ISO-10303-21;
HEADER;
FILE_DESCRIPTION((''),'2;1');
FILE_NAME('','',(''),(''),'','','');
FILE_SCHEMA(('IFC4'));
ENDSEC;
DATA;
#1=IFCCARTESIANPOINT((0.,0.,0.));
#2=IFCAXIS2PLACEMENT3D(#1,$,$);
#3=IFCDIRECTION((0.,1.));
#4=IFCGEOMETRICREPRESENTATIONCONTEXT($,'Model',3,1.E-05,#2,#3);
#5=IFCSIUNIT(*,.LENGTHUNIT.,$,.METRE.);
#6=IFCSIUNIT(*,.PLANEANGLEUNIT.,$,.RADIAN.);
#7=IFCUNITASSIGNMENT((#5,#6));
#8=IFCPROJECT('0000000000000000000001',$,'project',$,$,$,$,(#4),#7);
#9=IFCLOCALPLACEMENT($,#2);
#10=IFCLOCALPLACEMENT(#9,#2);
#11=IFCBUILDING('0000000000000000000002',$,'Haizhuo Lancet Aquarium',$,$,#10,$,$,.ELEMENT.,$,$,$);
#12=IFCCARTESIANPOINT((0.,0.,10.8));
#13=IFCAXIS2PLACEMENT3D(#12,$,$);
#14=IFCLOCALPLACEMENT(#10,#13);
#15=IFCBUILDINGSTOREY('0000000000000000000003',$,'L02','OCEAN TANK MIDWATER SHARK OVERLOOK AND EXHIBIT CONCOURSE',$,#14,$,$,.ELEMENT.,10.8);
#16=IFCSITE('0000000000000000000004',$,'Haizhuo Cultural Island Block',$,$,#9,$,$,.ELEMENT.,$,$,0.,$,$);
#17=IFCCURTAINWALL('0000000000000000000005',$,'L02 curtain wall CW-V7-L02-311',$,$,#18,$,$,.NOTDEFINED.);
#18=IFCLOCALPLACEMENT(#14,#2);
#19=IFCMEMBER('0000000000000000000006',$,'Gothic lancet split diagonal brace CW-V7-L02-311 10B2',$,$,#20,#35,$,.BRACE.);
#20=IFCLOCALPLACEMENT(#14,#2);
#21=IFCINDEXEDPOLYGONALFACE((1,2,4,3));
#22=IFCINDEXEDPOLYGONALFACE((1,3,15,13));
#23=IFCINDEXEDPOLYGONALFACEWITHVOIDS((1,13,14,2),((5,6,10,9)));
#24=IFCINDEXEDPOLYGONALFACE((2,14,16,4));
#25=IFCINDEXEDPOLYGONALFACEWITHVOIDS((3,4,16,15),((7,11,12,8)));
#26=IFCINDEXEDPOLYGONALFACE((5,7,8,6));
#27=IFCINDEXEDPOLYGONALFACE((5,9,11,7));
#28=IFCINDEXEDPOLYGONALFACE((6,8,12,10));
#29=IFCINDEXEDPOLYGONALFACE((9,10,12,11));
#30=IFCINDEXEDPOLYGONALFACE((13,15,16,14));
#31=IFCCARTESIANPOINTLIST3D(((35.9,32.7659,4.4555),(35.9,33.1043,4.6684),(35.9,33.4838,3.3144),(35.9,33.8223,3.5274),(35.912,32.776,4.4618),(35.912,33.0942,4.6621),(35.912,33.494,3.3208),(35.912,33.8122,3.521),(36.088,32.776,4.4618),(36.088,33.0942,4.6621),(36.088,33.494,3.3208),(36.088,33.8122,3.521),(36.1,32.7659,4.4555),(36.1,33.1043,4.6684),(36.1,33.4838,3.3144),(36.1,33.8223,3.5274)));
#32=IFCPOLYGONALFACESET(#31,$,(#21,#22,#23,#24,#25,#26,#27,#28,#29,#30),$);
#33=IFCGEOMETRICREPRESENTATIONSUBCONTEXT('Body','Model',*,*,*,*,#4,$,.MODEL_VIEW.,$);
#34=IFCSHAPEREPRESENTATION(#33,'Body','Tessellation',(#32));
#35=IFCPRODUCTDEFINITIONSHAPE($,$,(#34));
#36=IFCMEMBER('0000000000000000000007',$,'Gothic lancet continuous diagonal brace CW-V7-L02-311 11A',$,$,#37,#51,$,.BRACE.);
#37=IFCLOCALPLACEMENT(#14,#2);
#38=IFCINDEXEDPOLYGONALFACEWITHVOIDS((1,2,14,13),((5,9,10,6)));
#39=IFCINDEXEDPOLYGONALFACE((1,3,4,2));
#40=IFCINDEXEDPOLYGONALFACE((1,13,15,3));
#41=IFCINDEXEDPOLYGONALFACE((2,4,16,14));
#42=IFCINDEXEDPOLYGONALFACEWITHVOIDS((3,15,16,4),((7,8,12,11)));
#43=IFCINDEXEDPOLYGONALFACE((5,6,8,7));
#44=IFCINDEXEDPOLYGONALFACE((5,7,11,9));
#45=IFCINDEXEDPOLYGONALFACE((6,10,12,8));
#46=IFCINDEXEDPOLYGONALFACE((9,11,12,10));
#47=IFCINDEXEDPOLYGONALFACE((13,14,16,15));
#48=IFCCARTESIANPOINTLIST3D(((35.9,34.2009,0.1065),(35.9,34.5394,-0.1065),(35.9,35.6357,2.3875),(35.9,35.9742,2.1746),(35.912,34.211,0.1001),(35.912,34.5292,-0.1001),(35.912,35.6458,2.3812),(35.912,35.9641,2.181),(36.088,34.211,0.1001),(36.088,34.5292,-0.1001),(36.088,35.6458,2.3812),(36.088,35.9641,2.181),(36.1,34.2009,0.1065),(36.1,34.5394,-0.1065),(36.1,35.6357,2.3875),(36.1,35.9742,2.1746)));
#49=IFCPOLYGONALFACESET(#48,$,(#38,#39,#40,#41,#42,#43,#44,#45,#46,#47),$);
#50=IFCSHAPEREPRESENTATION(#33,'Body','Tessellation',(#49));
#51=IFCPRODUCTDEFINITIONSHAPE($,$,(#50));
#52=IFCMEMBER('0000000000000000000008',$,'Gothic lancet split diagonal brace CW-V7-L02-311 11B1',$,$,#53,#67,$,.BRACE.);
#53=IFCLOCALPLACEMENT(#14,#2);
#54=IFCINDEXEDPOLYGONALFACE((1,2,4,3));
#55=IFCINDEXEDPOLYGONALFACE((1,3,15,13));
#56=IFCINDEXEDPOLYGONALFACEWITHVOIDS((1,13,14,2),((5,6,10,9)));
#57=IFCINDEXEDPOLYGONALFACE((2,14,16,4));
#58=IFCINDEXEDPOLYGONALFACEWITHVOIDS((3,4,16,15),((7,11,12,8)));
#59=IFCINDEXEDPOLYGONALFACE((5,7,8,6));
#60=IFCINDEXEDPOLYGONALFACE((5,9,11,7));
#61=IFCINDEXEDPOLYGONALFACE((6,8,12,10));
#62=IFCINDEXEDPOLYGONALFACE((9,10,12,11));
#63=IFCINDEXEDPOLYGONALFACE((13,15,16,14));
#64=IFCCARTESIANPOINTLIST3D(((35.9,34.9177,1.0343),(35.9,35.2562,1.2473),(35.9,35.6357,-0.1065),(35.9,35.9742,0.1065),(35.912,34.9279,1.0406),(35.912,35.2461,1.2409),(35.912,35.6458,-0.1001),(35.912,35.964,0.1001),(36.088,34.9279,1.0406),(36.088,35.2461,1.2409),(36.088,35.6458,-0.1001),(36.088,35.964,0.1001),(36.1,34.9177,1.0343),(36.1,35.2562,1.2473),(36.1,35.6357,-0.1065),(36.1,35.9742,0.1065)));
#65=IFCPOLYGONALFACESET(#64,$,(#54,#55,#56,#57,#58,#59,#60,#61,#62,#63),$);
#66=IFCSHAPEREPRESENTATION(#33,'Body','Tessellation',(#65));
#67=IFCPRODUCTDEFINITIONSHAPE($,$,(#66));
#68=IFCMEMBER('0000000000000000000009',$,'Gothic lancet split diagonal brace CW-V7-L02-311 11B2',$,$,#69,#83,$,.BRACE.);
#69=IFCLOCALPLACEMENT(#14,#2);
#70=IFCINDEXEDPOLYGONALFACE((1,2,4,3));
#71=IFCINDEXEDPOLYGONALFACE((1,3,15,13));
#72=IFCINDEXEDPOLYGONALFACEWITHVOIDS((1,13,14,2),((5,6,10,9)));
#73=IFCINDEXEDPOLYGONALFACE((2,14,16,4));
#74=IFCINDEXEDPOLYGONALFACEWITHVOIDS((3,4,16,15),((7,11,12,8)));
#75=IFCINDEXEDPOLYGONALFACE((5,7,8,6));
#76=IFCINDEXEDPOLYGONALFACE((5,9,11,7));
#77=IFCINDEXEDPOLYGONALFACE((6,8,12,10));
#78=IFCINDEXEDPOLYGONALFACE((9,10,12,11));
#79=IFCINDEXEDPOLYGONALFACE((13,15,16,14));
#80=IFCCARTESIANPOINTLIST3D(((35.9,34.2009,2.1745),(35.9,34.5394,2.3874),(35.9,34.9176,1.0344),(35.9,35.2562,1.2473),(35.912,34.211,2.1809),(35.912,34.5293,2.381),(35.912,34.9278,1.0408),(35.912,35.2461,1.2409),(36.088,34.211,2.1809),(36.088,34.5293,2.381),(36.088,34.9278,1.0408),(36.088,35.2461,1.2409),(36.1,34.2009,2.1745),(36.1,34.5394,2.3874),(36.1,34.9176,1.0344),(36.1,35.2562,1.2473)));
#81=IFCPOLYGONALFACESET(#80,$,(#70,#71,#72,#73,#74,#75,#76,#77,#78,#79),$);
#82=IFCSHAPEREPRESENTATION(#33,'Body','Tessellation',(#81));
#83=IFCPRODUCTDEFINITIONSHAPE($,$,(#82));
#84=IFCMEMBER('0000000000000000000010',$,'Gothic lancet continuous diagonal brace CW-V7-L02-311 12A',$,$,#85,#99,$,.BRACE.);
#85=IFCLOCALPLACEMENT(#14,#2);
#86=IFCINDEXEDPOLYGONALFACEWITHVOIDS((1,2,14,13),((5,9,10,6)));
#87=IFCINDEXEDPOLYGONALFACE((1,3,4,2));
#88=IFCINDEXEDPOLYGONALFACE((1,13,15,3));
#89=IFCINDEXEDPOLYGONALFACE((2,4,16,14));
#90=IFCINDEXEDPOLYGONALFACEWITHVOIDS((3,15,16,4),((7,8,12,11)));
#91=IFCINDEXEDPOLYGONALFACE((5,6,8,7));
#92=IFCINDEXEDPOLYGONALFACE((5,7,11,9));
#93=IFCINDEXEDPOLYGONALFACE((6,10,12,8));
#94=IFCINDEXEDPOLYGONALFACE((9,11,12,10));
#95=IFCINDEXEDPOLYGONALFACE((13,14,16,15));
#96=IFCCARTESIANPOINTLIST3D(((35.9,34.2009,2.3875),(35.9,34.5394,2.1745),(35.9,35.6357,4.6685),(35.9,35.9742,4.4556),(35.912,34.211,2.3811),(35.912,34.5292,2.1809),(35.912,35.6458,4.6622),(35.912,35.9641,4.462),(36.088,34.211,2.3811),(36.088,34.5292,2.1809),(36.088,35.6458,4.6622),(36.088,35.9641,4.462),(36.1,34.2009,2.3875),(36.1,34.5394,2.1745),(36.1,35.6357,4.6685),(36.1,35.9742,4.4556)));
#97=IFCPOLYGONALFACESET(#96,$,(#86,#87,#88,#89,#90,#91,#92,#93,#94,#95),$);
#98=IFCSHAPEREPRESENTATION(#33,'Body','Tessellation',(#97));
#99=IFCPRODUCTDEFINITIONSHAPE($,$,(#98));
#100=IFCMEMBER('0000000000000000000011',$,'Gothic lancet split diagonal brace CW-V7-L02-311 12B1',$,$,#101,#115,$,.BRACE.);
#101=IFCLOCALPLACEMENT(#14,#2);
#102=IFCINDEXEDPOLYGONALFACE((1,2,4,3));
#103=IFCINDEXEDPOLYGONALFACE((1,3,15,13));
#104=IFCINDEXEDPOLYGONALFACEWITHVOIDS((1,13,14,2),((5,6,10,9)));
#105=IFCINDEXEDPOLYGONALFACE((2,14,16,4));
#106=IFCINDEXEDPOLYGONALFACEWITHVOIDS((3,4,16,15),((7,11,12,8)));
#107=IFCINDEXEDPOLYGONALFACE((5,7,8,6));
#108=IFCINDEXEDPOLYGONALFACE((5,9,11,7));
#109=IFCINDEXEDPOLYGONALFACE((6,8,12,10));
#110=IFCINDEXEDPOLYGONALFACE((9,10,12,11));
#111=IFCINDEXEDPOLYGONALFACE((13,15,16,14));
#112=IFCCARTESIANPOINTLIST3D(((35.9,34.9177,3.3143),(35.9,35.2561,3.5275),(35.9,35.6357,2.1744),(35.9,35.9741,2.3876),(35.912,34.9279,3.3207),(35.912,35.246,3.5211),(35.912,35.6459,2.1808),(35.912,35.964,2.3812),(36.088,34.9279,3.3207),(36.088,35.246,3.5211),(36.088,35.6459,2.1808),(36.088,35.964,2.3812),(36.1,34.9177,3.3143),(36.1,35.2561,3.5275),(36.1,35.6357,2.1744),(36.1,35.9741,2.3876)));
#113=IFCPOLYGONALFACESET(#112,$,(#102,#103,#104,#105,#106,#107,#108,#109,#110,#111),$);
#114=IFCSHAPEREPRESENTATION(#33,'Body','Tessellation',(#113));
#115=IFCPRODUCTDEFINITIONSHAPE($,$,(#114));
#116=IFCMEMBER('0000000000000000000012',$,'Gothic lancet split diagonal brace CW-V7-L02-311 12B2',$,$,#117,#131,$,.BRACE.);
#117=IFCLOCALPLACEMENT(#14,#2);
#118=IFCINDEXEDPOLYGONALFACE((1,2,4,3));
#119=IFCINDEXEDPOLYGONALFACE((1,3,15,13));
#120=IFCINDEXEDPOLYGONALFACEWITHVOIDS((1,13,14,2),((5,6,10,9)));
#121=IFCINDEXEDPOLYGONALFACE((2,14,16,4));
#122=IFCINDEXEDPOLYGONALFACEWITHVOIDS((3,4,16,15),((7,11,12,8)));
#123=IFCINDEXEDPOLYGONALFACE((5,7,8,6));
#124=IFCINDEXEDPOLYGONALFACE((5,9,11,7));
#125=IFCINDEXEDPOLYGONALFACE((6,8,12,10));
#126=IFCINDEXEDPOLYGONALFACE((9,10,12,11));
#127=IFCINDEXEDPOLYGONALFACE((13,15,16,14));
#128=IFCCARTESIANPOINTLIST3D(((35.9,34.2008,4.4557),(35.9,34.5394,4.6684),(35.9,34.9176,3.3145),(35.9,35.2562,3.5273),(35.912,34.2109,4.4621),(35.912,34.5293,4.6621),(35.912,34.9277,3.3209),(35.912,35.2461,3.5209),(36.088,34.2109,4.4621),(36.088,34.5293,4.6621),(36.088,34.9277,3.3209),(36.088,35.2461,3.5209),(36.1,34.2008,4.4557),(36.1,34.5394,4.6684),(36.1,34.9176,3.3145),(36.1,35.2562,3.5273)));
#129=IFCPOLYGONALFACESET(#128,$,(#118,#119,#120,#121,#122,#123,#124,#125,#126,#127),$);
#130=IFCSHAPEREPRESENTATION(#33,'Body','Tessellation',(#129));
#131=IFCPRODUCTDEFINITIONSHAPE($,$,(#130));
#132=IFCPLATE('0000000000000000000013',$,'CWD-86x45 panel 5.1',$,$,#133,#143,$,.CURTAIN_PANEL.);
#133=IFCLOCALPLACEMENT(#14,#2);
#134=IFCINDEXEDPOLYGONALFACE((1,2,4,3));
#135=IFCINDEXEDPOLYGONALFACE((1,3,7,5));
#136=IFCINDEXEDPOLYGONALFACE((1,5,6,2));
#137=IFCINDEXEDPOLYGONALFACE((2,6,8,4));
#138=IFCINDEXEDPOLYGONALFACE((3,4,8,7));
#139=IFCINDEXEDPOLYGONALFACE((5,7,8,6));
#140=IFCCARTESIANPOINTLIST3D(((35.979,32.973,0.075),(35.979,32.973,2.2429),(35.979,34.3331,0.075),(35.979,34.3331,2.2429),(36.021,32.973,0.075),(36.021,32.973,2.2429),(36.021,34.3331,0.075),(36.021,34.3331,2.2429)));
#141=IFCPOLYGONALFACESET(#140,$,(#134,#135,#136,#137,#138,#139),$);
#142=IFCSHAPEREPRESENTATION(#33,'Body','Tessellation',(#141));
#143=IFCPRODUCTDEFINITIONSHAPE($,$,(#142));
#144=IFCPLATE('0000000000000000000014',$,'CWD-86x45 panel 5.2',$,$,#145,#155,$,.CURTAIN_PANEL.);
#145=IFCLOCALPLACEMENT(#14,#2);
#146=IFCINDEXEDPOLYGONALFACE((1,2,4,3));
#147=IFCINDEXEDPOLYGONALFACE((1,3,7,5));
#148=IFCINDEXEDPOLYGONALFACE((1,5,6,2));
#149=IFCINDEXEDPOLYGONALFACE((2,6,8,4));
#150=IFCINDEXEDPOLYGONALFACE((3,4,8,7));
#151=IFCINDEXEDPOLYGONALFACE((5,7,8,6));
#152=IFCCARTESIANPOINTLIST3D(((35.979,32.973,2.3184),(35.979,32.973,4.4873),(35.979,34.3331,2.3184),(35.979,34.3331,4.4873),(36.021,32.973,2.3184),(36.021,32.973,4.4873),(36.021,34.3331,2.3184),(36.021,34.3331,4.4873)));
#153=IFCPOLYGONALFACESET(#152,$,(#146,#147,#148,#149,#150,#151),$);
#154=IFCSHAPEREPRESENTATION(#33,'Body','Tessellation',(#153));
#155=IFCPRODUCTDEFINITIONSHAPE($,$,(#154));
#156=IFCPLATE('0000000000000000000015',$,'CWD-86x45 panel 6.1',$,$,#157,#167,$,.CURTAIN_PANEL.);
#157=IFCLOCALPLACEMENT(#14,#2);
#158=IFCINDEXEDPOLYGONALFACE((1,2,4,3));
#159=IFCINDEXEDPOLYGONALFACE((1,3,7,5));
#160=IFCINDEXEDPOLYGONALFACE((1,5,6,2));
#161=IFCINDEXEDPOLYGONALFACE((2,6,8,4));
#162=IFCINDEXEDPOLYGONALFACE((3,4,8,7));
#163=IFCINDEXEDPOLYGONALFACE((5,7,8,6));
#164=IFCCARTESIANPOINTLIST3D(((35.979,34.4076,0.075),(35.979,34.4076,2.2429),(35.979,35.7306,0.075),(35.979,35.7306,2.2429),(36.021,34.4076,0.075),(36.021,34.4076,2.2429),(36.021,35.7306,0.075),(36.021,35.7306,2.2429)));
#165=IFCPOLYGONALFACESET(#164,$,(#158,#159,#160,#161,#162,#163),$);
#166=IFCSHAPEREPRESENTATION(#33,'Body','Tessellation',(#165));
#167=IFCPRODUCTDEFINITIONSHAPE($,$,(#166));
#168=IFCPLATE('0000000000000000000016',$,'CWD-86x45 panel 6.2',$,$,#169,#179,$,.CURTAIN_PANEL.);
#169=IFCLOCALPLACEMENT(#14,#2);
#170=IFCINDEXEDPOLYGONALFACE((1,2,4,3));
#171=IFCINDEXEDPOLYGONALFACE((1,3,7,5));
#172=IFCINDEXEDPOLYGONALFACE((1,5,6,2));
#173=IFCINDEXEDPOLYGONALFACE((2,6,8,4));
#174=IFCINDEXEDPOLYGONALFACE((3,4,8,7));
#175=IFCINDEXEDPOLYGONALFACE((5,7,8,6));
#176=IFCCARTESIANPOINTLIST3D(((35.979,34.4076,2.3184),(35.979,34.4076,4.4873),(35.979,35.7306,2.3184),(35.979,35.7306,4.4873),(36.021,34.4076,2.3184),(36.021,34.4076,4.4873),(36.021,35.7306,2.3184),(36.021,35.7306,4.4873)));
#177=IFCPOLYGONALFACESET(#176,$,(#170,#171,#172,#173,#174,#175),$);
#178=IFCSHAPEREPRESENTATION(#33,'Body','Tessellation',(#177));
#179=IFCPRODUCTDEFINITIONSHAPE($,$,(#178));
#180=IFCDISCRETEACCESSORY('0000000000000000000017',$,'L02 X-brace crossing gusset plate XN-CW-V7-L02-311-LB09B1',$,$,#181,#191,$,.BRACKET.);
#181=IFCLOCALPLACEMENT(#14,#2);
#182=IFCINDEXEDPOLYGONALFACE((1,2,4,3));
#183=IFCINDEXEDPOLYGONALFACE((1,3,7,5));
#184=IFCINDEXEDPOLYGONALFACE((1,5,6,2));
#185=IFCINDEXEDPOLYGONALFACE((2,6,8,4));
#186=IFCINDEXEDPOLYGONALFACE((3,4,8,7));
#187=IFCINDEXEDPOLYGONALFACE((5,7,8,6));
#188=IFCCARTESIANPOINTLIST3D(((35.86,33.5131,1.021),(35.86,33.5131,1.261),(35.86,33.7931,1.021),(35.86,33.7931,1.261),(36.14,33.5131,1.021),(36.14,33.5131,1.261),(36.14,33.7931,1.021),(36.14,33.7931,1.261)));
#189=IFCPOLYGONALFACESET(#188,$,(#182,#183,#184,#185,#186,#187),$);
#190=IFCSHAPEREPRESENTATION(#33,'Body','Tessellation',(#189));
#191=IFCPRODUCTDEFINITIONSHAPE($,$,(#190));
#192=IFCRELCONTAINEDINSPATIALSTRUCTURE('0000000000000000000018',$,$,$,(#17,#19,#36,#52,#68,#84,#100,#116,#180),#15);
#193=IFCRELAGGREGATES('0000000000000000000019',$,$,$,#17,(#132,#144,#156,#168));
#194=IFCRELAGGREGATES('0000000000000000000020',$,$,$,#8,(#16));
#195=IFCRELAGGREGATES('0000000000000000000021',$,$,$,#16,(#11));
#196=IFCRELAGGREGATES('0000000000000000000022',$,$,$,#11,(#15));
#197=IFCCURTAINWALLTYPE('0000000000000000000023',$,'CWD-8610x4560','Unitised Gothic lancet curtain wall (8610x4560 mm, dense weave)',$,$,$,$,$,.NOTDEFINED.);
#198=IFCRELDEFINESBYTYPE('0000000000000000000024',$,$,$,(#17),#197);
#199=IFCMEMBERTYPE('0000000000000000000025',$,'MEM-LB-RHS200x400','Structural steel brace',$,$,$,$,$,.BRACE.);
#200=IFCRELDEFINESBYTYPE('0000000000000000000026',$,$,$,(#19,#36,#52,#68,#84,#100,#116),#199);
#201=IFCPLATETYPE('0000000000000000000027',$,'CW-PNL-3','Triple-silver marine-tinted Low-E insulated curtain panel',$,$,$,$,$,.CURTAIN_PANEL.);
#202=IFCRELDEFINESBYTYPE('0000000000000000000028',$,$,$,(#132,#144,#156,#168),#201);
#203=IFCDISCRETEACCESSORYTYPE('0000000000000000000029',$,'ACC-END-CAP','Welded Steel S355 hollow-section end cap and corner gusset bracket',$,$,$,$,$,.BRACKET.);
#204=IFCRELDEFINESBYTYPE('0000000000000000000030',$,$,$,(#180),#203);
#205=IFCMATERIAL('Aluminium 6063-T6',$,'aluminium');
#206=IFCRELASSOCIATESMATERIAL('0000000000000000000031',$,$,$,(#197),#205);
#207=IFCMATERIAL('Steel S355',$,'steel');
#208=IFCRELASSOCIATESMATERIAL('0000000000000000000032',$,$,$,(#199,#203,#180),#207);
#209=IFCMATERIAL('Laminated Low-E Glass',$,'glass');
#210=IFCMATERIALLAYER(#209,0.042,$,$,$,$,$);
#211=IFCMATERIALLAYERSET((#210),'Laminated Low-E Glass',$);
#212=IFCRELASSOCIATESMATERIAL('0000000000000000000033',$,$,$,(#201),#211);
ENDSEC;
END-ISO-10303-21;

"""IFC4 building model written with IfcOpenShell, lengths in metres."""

from ifc_helpers import new_model, si_unit, direction, frame, origin, origin_2d, place, context, subcontext, project, spatial, rectangle, hollow_rectangle, extrude, material, layer, layer_set, material_profile, profile_set, type_object, element, aggregate, save


model = new_model("IFC4")

# Units and contexts
model_context = context("Model", 3, precision=1e-05, world=origin(), true_north=direction((0.0, 1.0)))
body_context = subcontext(model_context, "Body", "Model", "MODEL_VIEW")
ifc_project = project(units=[si_unit("LENGTHUNIT", "METRE"), si_unit("PLANEANGLEUNIT", "RADIAN")], contexts=[model_context])

# Site, building, storey
site_placement = place(None, origin())
site = spatial("IfcSite", under=ifc_project, at=site_placement, Name="Haizhuo Cultural Island Block", CompositionType="ELEMENT", RefElevation=0.0)
building_placement = place(site_placement, origin())
building = spatial("IfcBuilding", under=site, at=building_placement, Name="Haizhuo Lancet Aquarium", CompositionType="ELEMENT")
storey_placement = place(building_placement, frame((0.0, 0.0, 10.8)))
storey = spatial("IfcBuildingStorey", under=building, at=storey_placement, Name="L02", Description="OCEAN TANK MIDWATER SHARK OVERLOOK AND EXHIBIT CONCOURSE", CompositionType="ELEMENT", Elevation=10.8)

# Curtain wall
ifc_material_1 = material(Name="Aluminium 6063-T6", Category="aluminium")
curtain_wall_type = type_object("IfcCurtainWallType", Name="CWD-8610x4560", Description="Unitised Gothic lancet curtain wall (8610x4560 mm, dense weave)", PredefinedType="NOTDEFINED", material=ifc_material_1)
curtain_wall_placement = place(storey_placement, origin())
curtain_wall = element("IfcCurtainWall", 1, at=curtain_wall_placement, inside=storey, type_object=curtain_wall_type, Name="L02 curtain wall CW-V7-L02-311", PredefinedType="NOTDEFINED")

# Shared definitions
ifc_material_2 = material(Name="Steel S355", Category="steel")

# Members
ifc_material_profile_1 = material_profile(ifc_material_2, hollow_rectangle(XDim=0.2, YDim=0.3999, WallThickness=0.012, at=origin_2d()), Name="RHS 200x400x12")
ifc_profile_set_1 = profile_set([ifc_material_profile_1], Name="Steel S355")
member_type_1 = type_object("IfcMemberType", Name="MEM-LB-RHS200x400", Description="Structural steel brace", PredefinedType="BRACE", material=ifc_profile_set_1)
member_1_placement = place(storey_placement, frame((36.0, 33.6531, 3.4209), z_axis=(0.0, -0.532568, 0.846387), x_axis=(1.0, 0.0, 0.0)))
element("IfcMember", 2, at=member_1_placement, inside=storey, type_object=member_type_1, Name="Gothic lancet split diagonal brace CW-V7-L02-311 10B2", PredefinedType="BRACE", context=body_context, shape_type="SweptSolid", body=[
    extrude(hollow_rectangle(XDim=0.2, YDim=0.3999, WallThickness=0.012, at=origin_2d()), origin(), (0.0, 0.0, 1.0), 1.3481),
])
member_2_placement = place(storey_placement, frame((36.0, 34.3701, 0.0), z_axis=(0.0, 0.532448, 0.846463), x_axis=(-1.0, 0.0, 0.0)))
element("IfcMember", 3, at=member_2_placement, inside=storey, type_object=member_type_1, Name="Gothic lancet continuous diagonal brace CW-V7-L02-311 11A", PredefinedType="BRACE", context=body_context, shape_type="SweptSolid", body=[
    extrude(hollow_rectangle(XDim=0.2, YDim=0.3999, WallThickness=0.012, at=origin_2d()), origin(), (0.0, 0.0, 1.0), 2.6948),
])
member_3_placement = place(storey_placement, frame((36.0, 35.8049, 0.0), z_axis=(0.0, -0.53265, 0.846336), x_axis=(1.0, 0.0, 0.0)))
element("IfcMember", 4, at=member_3_placement, inside=storey, type_object=member_type_1, Name="Gothic lancet split diagonal brace CW-V7-L02-311 11B1", PredefinedType="BRACE", context=body_context, shape_type="SweptSolid", body=[
    extrude(hollow_rectangle(XDim=0.2, YDim=0.3999, WallThickness=0.012, at=origin_2d()), origin(), (0.0, 0.0, 1.0), 1.3479),
])
member_4_placement = place(storey_placement, frame((36.0, 35.0869, 1.1409), z_axis=(0.0, -0.532246, 0.84659), x_axis=(1.0, 0.0, 0.0)))
element("IfcMember", 5, at=member_4_placement, inside=storey, type_object=member_type_1, Name="Gothic lancet split diagonal brace CW-V7-L02-311 11B2", PredefinedType="BRACE", context=body_context, shape_type="SweptSolid", body=[
    extrude(hollow_rectangle(XDim=0.2, YDim=0.3999, WallThickness=0.012, at=origin_2d()), origin(), (0.0, 0.0, 1.0), 1.3467),
])
member_5_placement = place(storey_placement, frame((36.0, 34.3701, 2.281), z_axis=(0.0, 0.532448, 0.846463), x_axis=(-1.0, 0.0, 0.0)))
element("IfcMember", 6, at=member_5_placement, inside=storey, type_object=member_type_1, Name="Gothic lancet continuous diagonal brace CW-V7-L02-311 12A", PredefinedType="BRACE", context=body_context, shape_type="SweptSolid", body=[
    extrude(hollow_rectangle(XDim=0.2, YDim=0.3999, WallThickness=0.012, at=origin_2d()), origin(), (0.0, 0.0, 1.0), 2.6948),
])
member_6_placement = place(storey_placement, frame((36.0, 35.8049, 2.281), z_axis=(0.0, -0.532977, 0.84613), x_axis=(1.0, 0.0, 0.0)))
element("IfcMember", 7, at=member_6_placement, inside=storey, type_object=member_type_1, Name="Gothic lancet split diagonal brace CW-V7-L02-311 12B1", PredefinedType="BRACE", context=body_context, shape_type="SweptSolid", body=[
    extrude(hollow_rectangle(XDim=0.2, YDim=0.3999, WallThickness=0.012, at=origin_2d()), origin(), (0.0, 0.0, 1.0), 1.3472),
])
member_7_placement = place(storey_placement, frame((36.0, 35.0869, 3.4209), z_axis=(0.0, -0.531919, 0.846795), x_axis=(1.0, 0.0, 0.0)))
element("IfcMember", 8, at=member_7_placement, inside=storey, type_object=member_type_1, Name="Gothic lancet split diagonal brace CW-V7-L02-311 12B2", PredefinedType="BRACE", context=body_context, shape_type="SweptSolid", body=[
    extrude(hollow_rectangle(XDim=0.2, YDim=0.3999, WallThickness=0.012, at=origin_2d()), origin(), (0.0, 0.0, 1.0), 1.3477),
])

# Plates
ifc_material_3 = material(Name="Laminated Low-E Glass", Category="glass")
ifc_layer = layer(ifc_material_3, 0.042)
ifc_layer_set = layer_set([ifc_layer], Name="Laminated Low-E Glass")
plate_type = type_object("IfcPlateType", Name="CW-PNL-3", Description="Triple-silver marine-tinted Low-E insulated curtain panel", PredefinedType="CURTAIN_PANEL", material=ifc_layer_set)
plate_1_placement = place(storey_placement, frame((36.0, 33.6531, 0.075), z_axis=(0.0, 0.0, 1.0), x_axis=(0.0, 1.0, 0.0)))
plate_1 = element("IfcPlate", 9, at=plate_1_placement, type_object=plate_type, Name="CWD-86x45 panel 5.1", PredefinedType="CURTAIN_PANEL", context=body_context, shape_type="SweptSolid", body=[
    extrude(rectangle(XDim=1.3601, YDim=0.042, at=origin_2d()), origin(), (0.0, 0.0, 1.0), 2.168),
])
plate_2_placement = place(storey_placement, frame((36.0, 33.6531, 2.3184), z_axis=(0.0, 0.0, 1.0), x_axis=(0.0, 1.0, 0.0)))
plate_2 = element("IfcPlate", 10, at=plate_2_placement, type_object=plate_type, Name="CWD-86x45 panel 5.2", PredefinedType="CURTAIN_PANEL", context=body_context, shape_type="SweptSolid", body=[
    extrude(rectangle(XDim=1.3601, YDim=0.042, at=origin_2d()), origin(), (0.0, 0.0, 1.0), 2.1689),
])
plate_3_placement = place(storey_placement, frame((36.0, 35.0691, 0.075), z_axis=(0.0, 0.0, 1.0), x_axis=(0.0, 1.0, 0.0)))
plate_3 = element("IfcPlate", 11, at=plate_3_placement, type_object=plate_type, Name="CWD-86x45 panel 6.1", PredefinedType="CURTAIN_PANEL", context=body_context, shape_type="SweptSolid", body=[
    extrude(rectangle(XDim=1.323, YDim=0.042, at=origin_2d()), origin(), (0.0, 0.0, 1.0), 2.168),
])
plate_4_placement = place(storey_placement, frame((36.0, 35.0691, 2.3184), z_axis=(0.0, 0.0, 1.0), x_axis=(0.0, 1.0, 0.0)))
plate_4 = element("IfcPlate", 12, at=plate_4_placement, type_object=plate_type, Name="CWD-86x45 panel 6.2", PredefinedType="CURTAIN_PANEL", context=body_context, shape_type="SweptSolid", body=[
    extrude(rectangle(XDim=1.323, YDim=0.042, at=origin_2d()), origin(), (0.0, 0.0, 1.0), 2.1689),
])
aggregate(curtain_wall, [plate_1, plate_2, plate_3, plate_4])

# Discrete accessory
discrete_accessory_type = type_object("IfcDiscreteAccessoryType", Name="ACC-END-CAP", Description="Welded Steel S355 hollow-section end cap and corner gusset bracket", PredefinedType="BRACKET", material=ifc_material_2)
for number, where, z_axis, x_axis, name in (
    (13, (36.0, 33.6531, 1.021), (0.0, 0.0, 1.0), (1.0, 0.0, 0.0), "L02 X-brace crossing gusset plate XN-CW-V7-L02-311-LB09B1"),
):
    element("IfcDiscreteAccessory", number, at=place(storey_placement, frame(where, z_axis=z_axis, x_axis=x_axis)), inside=storey, type_object=discrete_accessory_type, material=ifc_material_2, Name=name, PredefinedType="BRACKET", context=body_context, shape_type="SweptSolid", body=[
        extrude(rectangle(XDim=0.28, YDim=0.28, at=origin_2d()), origin(), (0.0, 0.0, 1.0), 0.24),
    ])

save(model, "model.ifc")
